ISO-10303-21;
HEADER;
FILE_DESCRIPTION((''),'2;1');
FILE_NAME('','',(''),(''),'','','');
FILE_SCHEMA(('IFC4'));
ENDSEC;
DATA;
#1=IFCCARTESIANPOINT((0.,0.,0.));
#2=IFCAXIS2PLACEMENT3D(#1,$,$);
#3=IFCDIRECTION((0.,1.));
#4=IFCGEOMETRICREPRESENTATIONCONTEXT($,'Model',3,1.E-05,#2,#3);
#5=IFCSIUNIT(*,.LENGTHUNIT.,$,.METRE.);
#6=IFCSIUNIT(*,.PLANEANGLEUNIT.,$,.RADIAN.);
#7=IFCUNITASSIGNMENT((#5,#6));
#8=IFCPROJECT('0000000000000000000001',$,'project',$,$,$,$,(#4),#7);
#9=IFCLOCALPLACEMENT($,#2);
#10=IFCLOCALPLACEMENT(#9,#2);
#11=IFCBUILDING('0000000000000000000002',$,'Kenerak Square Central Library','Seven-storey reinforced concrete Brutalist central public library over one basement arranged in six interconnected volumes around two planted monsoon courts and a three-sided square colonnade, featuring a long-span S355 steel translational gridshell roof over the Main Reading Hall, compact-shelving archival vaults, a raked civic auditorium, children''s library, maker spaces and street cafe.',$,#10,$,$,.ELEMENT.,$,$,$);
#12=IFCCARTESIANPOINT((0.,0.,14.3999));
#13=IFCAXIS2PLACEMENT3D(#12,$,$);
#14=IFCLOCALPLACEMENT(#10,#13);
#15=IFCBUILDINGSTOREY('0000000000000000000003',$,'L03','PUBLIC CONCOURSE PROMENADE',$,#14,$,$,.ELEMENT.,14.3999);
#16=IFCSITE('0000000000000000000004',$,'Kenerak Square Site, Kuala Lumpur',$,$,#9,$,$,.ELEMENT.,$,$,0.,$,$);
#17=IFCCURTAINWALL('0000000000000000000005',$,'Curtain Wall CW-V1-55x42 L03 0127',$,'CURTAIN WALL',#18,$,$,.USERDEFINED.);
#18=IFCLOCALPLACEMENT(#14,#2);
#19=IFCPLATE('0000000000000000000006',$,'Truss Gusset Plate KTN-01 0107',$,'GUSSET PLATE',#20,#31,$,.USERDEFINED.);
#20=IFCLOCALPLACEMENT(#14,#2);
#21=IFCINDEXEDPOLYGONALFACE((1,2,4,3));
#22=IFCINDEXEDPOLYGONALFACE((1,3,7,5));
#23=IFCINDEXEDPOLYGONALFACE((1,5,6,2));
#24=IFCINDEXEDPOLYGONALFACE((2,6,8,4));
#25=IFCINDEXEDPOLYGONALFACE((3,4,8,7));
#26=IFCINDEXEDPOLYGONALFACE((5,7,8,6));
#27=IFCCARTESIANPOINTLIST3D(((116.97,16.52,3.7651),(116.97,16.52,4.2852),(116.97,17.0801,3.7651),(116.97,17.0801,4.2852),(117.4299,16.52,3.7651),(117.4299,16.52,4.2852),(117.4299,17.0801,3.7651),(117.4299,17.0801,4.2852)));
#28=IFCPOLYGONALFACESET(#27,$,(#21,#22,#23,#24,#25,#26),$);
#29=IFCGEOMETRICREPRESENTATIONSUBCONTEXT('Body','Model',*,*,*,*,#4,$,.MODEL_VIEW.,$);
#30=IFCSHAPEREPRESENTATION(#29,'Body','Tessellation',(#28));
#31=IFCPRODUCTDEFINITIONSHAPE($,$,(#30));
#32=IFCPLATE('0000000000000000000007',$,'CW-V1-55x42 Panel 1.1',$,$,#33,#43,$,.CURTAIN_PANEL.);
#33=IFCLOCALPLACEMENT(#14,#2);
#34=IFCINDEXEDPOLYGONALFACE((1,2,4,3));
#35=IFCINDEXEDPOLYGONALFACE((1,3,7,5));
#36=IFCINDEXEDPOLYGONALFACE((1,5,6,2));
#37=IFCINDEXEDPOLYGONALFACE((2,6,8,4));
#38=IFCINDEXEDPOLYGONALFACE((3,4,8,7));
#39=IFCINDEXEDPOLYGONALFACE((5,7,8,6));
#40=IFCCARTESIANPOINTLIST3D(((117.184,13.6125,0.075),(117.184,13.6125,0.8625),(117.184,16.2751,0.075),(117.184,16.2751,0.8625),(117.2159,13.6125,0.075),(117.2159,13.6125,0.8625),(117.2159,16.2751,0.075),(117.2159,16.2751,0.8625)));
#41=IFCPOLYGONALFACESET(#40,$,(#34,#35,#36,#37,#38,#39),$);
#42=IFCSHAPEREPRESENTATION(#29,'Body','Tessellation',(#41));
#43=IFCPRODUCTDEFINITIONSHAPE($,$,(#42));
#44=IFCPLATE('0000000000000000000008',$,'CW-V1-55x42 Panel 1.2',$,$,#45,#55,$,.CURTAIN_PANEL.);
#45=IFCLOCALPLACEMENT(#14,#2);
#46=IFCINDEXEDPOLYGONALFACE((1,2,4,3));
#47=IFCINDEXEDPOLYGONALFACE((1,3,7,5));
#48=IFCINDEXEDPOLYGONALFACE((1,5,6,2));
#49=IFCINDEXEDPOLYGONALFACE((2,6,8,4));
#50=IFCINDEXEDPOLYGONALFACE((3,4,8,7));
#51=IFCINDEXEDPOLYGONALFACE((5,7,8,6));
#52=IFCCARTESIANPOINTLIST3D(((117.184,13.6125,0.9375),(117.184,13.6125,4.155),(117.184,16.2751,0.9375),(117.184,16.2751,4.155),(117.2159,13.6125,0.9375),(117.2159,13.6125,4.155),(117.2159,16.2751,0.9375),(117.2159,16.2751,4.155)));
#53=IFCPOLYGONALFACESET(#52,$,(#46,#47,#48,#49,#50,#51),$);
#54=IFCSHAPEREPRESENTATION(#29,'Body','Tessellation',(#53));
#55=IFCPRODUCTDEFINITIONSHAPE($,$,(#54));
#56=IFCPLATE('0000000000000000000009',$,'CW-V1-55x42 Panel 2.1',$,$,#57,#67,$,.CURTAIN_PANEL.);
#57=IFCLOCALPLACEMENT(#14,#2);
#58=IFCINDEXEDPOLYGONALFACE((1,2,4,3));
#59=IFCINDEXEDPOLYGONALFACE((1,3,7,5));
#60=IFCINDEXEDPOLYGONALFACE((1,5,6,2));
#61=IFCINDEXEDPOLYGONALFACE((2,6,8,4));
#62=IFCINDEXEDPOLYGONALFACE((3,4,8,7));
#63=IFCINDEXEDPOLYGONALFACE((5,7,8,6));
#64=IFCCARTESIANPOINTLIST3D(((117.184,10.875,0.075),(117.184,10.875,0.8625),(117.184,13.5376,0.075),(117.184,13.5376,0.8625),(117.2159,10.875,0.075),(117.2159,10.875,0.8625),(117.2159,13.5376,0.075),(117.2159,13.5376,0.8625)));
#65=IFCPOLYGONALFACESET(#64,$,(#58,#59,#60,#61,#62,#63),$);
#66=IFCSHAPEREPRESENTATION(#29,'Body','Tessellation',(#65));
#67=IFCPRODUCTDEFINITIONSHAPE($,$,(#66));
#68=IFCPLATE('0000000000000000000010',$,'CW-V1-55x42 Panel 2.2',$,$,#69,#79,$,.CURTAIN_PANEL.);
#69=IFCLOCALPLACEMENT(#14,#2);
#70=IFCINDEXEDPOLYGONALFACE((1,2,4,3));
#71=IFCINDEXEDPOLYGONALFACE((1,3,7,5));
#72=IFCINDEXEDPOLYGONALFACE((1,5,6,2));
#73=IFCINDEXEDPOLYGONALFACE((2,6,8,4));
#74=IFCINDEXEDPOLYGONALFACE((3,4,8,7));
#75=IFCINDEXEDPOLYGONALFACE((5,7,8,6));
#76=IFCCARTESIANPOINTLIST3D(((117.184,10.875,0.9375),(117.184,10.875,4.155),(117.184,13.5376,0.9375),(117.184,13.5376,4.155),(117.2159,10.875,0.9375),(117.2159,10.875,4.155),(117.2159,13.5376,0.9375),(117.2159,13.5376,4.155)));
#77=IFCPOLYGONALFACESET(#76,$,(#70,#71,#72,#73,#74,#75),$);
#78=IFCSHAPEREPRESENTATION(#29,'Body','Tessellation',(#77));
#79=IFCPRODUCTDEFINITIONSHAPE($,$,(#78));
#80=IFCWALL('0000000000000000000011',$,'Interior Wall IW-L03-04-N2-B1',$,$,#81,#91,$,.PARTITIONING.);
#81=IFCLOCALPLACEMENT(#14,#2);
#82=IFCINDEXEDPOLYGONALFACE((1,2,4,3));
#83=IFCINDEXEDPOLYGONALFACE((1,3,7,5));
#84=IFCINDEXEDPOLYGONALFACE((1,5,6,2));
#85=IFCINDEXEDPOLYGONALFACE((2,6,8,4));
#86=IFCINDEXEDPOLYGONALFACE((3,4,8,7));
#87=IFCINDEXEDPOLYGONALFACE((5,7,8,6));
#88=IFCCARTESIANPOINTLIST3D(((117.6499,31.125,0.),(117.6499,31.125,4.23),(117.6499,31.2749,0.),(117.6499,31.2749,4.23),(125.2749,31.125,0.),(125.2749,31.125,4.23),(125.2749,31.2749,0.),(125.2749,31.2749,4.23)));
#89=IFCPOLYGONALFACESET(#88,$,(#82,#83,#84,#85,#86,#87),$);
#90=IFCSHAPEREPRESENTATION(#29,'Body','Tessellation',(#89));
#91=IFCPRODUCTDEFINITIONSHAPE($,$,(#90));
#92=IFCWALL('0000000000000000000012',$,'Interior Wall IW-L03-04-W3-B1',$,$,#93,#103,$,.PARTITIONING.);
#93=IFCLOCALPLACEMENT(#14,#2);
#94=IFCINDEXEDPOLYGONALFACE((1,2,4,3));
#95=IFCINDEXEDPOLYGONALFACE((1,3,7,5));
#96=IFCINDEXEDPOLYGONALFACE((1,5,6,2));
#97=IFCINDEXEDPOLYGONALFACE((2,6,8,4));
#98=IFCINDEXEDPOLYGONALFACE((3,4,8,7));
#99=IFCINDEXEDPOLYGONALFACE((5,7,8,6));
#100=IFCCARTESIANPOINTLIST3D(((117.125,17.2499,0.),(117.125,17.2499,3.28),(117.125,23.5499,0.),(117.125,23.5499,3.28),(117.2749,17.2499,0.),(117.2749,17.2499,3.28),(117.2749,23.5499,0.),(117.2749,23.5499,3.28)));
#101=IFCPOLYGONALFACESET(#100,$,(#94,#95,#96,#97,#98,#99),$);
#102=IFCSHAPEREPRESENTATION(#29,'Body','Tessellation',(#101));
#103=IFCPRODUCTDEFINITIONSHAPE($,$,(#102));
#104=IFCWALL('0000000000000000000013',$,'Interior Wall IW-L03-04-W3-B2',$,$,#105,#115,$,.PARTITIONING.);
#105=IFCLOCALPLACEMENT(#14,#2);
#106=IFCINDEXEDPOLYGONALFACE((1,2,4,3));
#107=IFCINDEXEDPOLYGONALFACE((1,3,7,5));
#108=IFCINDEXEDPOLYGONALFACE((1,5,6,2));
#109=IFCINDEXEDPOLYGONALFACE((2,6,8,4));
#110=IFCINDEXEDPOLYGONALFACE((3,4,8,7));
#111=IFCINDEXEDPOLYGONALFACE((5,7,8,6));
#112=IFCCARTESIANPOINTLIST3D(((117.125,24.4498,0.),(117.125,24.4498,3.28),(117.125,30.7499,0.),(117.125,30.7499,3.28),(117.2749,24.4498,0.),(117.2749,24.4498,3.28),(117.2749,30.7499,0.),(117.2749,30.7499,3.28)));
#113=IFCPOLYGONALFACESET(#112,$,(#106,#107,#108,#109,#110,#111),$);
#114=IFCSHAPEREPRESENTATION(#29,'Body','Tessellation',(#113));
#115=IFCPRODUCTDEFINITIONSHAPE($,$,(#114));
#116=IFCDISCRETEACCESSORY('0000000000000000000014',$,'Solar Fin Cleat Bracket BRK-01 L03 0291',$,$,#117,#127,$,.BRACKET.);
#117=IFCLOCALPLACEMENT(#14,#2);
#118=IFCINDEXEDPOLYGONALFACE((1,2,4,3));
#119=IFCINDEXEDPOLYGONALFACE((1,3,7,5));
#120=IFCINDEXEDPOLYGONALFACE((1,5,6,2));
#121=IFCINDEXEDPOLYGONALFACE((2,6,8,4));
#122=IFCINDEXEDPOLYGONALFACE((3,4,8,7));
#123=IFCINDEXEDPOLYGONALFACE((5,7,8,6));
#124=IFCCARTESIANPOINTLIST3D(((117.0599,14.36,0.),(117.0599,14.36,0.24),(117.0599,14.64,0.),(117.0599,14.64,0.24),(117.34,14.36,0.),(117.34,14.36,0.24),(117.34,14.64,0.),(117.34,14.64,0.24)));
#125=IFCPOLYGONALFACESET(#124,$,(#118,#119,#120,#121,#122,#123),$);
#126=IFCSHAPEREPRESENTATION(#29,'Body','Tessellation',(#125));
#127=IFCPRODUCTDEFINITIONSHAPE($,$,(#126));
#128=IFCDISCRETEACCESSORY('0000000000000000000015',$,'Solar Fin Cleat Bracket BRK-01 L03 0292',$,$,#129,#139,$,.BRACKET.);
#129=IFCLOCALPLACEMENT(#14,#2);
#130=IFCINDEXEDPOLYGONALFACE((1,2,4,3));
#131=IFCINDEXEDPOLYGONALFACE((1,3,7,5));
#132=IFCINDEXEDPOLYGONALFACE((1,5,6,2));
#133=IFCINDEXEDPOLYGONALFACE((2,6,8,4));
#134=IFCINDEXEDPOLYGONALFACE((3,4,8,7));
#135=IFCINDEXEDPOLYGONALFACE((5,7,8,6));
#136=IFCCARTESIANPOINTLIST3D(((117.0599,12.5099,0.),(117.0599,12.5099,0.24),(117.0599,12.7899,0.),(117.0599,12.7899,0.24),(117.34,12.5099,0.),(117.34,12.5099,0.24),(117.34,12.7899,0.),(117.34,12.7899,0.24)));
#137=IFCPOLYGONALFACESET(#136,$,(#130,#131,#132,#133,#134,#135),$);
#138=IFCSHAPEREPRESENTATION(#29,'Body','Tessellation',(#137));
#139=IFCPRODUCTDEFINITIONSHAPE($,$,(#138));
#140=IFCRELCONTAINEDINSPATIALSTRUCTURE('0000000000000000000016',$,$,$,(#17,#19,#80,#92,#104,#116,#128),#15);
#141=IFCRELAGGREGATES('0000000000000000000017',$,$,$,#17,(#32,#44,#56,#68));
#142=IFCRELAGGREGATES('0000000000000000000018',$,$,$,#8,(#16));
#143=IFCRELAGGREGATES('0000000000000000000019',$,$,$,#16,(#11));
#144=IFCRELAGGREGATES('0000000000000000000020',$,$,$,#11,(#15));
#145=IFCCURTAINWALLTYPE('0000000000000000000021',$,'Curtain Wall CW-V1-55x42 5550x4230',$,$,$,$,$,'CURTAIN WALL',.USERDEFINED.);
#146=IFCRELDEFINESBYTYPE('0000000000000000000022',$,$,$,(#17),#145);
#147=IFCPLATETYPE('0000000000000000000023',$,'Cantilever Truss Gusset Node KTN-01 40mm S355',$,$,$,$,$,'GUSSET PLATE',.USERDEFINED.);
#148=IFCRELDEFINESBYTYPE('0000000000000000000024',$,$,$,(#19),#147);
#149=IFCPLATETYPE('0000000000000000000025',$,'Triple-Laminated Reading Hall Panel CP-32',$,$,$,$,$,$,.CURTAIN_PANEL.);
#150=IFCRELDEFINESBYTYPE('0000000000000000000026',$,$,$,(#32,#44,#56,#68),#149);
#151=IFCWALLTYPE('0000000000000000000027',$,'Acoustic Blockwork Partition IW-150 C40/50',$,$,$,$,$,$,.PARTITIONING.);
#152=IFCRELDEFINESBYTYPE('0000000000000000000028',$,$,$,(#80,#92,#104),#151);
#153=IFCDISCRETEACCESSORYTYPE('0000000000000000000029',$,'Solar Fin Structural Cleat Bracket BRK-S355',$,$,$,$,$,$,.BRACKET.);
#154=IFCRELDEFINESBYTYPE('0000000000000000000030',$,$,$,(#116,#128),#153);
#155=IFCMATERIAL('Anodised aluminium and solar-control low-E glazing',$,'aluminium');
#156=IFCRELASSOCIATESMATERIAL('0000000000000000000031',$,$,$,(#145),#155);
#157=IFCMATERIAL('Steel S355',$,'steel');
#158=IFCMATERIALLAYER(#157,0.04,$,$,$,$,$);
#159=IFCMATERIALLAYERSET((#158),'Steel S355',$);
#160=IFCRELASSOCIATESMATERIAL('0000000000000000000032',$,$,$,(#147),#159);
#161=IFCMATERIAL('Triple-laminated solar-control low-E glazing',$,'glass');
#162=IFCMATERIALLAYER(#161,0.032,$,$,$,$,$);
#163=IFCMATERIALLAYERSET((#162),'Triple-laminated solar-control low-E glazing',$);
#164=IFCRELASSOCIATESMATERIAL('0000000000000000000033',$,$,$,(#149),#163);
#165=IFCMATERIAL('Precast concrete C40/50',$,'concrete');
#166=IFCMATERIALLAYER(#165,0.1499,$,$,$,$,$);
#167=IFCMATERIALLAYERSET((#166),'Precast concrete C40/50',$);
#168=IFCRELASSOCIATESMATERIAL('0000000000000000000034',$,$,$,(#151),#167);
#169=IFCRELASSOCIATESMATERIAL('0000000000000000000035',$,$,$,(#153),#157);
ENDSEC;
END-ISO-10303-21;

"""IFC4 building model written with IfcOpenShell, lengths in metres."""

from ifc_helpers import new_model, si_unit, direction, frame, frame_2d, origin, origin_2d, place, context, subcontext, project, spatial, rectangle, extrude, material, layer, layer_set, type_object, element, aggregate, save


model = new_model("IFC4")

# Units and contexts
model_context = context("Model", 3, precision=1e-05, world=origin(), true_north=direction((0.0, 1.0)))
body_context = subcontext(model_context, "Body", "Model", "MODEL_VIEW")
ifc_project = project(units=[si_unit("LENGTHUNIT", "METRE"), si_unit("PLANEANGLEUNIT", "RADIAN")], contexts=[model_context])

# Site, building, storey
site_placement = place(None, origin())
site = spatial("IfcSite", under=ifc_project, at=site_placement, Name="Kenerak Square Site, Kuala Lumpur", CompositionType="ELEMENT", RefElevation=0.0)
building_placement = place(site_placement, origin())
building = spatial("IfcBuilding", under=site, at=building_placement, Name="Kenerak Square Central Library", Description="Seven-storey reinforced concrete Brutalist central public library over one basement arranged in six interconnected volumes around two planted monsoon courts and a three-sided square colonnade, featuring a long-span S355 steel translational gridshell roof over the Main Reading Hall, compact-shelving archival vaults, a raked civic auditorium, children's library, maker spaces and street cafe.", CompositionType="ELEMENT")
storey_placement = place(building_placement, frame((0.0, 0.0, 14.3999)))
storey = spatial("IfcBuildingStorey", under=building, at=storey_placement, Name="L03", Description="PUBLIC CONCOURSE PROMENADE", CompositionType="ELEMENT", Elevation=14.3999)

# Shared definitions
ifc_material_1 = material(Name="Anodised aluminium and solar-control low-E glazing", Category="aluminium")

# Curtain wall
curtain_wall_type_1 = type_object("IfcCurtainWallType", Name="Curtain Wall CW-V1-55x42 5550x4230", ElementType="CURTAIN WALL", PredefinedType="USERDEFINED", material=ifc_material_1)
curtain_wall_1_placement = place(storey_placement, origin())
curtain_wall_1 = element("IfcCurtainWall", 1, at=curtain_wall_1_placement, inside=storey, type_object=curtain_wall_type_1, Name="Curtain Wall CW-V1-55x42 L03 0127", ObjectType="CURTAIN WALL", PredefinedType="USERDEFINED")

# Plates
ifc_material_2 = material(Name="Steel S355", Category="steel")
ifc_layer_1 = layer(ifc_material_2, 0.04)
ifc_layer_set_1 = layer_set([ifc_layer_1], Name="Steel S355")
plate_type_1 = type_object("IfcPlateType", Name="Cantilever Truss Gusset Node KTN-01 40mm S355", ElementType="GUSSET PLATE", PredefinedType="USERDEFINED", material=ifc_layer_set_1)
plate_1_placement = place(storey_placement, frame((117.2, 16.8, 3.7651), z_axis=(0.0, 0.0, 1.0), x_axis=(1.0, 0.0, 0.0)))
element("IfcPlate", 2, at=plate_1_placement, inside=storey, type_object=plate_type_1, Name="Truss Gusset Plate KTN-01 0107", ObjectType="GUSSET PLATE", PredefinedType="USERDEFINED", context=body_context, shape_type="SweptSolid", body=[
    extrude(rectangle(XDim=0.46, YDim=0.5601, at=origin_2d()), origin(), (0.0, 0.0, 1.0), 0.52),
])
ifc_material_3 = material(Name="Triple-laminated solar-control low-E glazing", Category="glass")
ifc_layer_2 = layer(ifc_material_3, 0.032)
ifc_layer_set_2 = layer_set([ifc_layer_2], Name="Triple-laminated solar-control low-E glazing")
plate_type_2 = type_object("IfcPlateType", Name="Triple-Laminated Reading Hall Panel CP-32", PredefinedType="CURTAIN_PANEL", material=ifc_layer_set_2)
plate_2_placement = place(storey_placement, frame((117.2, 14.9438, 0.075), z_axis=(0.0, 0.0, 1.0), x_axis=(0.0, -1.0, 0.0)))
plate_2 = element("IfcPlate", 3, at=plate_2_placement, type_object=plate_type_2, Name="CW-V1-55x42 Panel 1.1", PredefinedType="CURTAIN_PANEL", context=body_context, shape_type="SweptSolid", body=[
    extrude(rectangle(XDim=2.6626, YDim=0.032, at=origin_2d()), origin(), (0.0, 0.0, 1.0), 0.7876),
])
plate_3_placement = place(storey_placement, frame((117.2, 14.9438, 0.9375), z_axis=(0.0, 0.0, 1.0), x_axis=(0.0, -1.0, 0.0)))
plate_3 = element("IfcPlate", 4, at=plate_3_placement, type_object=plate_type_2, Name="CW-V1-55x42 Panel 1.2", PredefinedType="CURTAIN_PANEL", context=body_context, shape_type="SweptSolid", body=[
    extrude(rectangle(XDim=2.6626, YDim=0.032, at=origin_2d()), origin(), (0.0, 0.0, 1.0), 3.2175),
])
plate_4_placement = place(storey_placement, frame((117.2, 12.2063, 0.075), z_axis=(0.0, 0.0, 1.0), x_axis=(0.0, -1.0, 0.0)))
plate_4 = element("IfcPlate", 5, at=plate_4_placement, type_object=plate_type_2, Name="CW-V1-55x42 Panel 2.1", PredefinedType="CURTAIN_PANEL", context=body_context, shape_type="SweptSolid", body=[
    extrude(rectangle(XDim=2.6626, YDim=0.032, at=origin_2d()), origin(), (0.0, 0.0, 1.0), 0.7876),
])
plate_5_placement = place(storey_placement, frame((117.2, 12.2063, 0.9375), z_axis=(0.0, 0.0, 1.0), x_axis=(0.0, -1.0, 0.0)))
plate_5 = element("IfcPlate", 6, at=plate_5_placement, type_object=plate_type_2, Name="CW-V1-55x42 Panel 2.2", PredefinedType="CURTAIN_PANEL", context=body_context, shape_type="SweptSolid", body=[
    extrude(rectangle(XDim=2.6626, YDim=0.032, at=origin_2d()), origin(), (0.0, 0.0, 1.0), 3.2175),
])
aggregate(curtain_wall_1, [plate_2, plate_3, plate_4, plate_5])

# Walls
ifc_material_4 = material(Name="Precast concrete C40/50", Category="concrete")
ifc_layer_3 = layer(ifc_material_4, 0.1499)
ifc_layer_set_3 = layer_set([ifc_layer_3], Name="Precast concrete C40/50")
wall_type = type_object("IfcWallType", Name="Acoustic Blockwork Partition IW-150 C40/50", PredefinedType="PARTITIONING", material=ifc_layer_set_3)
wall_placement = place(storey_placement, frame((117.6499, 31.2, 0.0), z_axis=(0.0, 0.0, 1.0), x_axis=(1.0, 0.0, 0.0)))
element("IfcWall", 7, at=wall_placement, inside=storey, type_object=wall_type, Name="Interior Wall IW-L03-04-N2-B1", PredefinedType="PARTITIONING", context=body_context, shape_type="SweptSolid", body=[
    extrude(rectangle(XDim=7.625, YDim=0.1499, at=frame_2d((3.8125, 0.0))), origin(), (0.0, 0.0, 1.0), 4.23),
])
for number, where, z_axis, x_axis, name in (
    (8, (117.2, 17.25, 0.0), (0.0, 0.0, 1.0), (0.0, 1.0, 0.0), "Interior Wall IW-L03-04-W3-B1"),
    (9, (117.2, 24.45, 0.0), (0.0, 0.0, 1.0), (0.0, 1.0, 0.0), "Interior Wall IW-L03-04-W3-B2"),
):
    element("IfcWall", number, at=place(storey_placement, frame(where, z_axis=z_axis, x_axis=x_axis)), inside=storey, type_object=wall_type, Name=name, PredefinedType="PARTITIONING", context=body_context, shape_type="SweptSolid", body=[
        extrude(rectangle(XDim=6.3, YDim=0.1499, at=frame_2d((3.1499, 0.0))), origin(), (0.0, 0.0, 1.0), 3.28),
    ])

# Discrete accessories
discrete_accessory_type = type_object("IfcDiscreteAccessoryType", Name="Solar Fin Structural Cleat Bracket BRK-S355", PredefinedType="BRACKET", material=ifc_material_2)
for number, where, z_axis, x_axis, name in (
    (10, (117.2, 14.5, 0.0), (0.0, 0.0, 1.0), (0.0, -1.0, 0.0), "Solar Fin Cleat Bracket BRK-01 L03 0291"),
    (11, (117.2, 12.6499, 0.0), (0.0, 0.0, 1.0), (0.0, -1.0, 0.0), "Solar Fin Cleat Bracket BRK-01 L03 0292"),
):
    element("IfcDiscreteAccessory", number, at=place(storey_placement, frame(where, z_axis=z_axis, x_axis=x_axis)), inside=storey, type_object=discrete_accessory_type, Name=name, PredefinedType="BRACKET", context=body_context, shape_type="SweptSolid", body=[
        extrude(rectangle(XDim=0.28, YDim=0.28, at=origin_2d()), origin(), (0.0, 0.0, 1.0), 0.24),
    ])

save(model, "model.ifc")
